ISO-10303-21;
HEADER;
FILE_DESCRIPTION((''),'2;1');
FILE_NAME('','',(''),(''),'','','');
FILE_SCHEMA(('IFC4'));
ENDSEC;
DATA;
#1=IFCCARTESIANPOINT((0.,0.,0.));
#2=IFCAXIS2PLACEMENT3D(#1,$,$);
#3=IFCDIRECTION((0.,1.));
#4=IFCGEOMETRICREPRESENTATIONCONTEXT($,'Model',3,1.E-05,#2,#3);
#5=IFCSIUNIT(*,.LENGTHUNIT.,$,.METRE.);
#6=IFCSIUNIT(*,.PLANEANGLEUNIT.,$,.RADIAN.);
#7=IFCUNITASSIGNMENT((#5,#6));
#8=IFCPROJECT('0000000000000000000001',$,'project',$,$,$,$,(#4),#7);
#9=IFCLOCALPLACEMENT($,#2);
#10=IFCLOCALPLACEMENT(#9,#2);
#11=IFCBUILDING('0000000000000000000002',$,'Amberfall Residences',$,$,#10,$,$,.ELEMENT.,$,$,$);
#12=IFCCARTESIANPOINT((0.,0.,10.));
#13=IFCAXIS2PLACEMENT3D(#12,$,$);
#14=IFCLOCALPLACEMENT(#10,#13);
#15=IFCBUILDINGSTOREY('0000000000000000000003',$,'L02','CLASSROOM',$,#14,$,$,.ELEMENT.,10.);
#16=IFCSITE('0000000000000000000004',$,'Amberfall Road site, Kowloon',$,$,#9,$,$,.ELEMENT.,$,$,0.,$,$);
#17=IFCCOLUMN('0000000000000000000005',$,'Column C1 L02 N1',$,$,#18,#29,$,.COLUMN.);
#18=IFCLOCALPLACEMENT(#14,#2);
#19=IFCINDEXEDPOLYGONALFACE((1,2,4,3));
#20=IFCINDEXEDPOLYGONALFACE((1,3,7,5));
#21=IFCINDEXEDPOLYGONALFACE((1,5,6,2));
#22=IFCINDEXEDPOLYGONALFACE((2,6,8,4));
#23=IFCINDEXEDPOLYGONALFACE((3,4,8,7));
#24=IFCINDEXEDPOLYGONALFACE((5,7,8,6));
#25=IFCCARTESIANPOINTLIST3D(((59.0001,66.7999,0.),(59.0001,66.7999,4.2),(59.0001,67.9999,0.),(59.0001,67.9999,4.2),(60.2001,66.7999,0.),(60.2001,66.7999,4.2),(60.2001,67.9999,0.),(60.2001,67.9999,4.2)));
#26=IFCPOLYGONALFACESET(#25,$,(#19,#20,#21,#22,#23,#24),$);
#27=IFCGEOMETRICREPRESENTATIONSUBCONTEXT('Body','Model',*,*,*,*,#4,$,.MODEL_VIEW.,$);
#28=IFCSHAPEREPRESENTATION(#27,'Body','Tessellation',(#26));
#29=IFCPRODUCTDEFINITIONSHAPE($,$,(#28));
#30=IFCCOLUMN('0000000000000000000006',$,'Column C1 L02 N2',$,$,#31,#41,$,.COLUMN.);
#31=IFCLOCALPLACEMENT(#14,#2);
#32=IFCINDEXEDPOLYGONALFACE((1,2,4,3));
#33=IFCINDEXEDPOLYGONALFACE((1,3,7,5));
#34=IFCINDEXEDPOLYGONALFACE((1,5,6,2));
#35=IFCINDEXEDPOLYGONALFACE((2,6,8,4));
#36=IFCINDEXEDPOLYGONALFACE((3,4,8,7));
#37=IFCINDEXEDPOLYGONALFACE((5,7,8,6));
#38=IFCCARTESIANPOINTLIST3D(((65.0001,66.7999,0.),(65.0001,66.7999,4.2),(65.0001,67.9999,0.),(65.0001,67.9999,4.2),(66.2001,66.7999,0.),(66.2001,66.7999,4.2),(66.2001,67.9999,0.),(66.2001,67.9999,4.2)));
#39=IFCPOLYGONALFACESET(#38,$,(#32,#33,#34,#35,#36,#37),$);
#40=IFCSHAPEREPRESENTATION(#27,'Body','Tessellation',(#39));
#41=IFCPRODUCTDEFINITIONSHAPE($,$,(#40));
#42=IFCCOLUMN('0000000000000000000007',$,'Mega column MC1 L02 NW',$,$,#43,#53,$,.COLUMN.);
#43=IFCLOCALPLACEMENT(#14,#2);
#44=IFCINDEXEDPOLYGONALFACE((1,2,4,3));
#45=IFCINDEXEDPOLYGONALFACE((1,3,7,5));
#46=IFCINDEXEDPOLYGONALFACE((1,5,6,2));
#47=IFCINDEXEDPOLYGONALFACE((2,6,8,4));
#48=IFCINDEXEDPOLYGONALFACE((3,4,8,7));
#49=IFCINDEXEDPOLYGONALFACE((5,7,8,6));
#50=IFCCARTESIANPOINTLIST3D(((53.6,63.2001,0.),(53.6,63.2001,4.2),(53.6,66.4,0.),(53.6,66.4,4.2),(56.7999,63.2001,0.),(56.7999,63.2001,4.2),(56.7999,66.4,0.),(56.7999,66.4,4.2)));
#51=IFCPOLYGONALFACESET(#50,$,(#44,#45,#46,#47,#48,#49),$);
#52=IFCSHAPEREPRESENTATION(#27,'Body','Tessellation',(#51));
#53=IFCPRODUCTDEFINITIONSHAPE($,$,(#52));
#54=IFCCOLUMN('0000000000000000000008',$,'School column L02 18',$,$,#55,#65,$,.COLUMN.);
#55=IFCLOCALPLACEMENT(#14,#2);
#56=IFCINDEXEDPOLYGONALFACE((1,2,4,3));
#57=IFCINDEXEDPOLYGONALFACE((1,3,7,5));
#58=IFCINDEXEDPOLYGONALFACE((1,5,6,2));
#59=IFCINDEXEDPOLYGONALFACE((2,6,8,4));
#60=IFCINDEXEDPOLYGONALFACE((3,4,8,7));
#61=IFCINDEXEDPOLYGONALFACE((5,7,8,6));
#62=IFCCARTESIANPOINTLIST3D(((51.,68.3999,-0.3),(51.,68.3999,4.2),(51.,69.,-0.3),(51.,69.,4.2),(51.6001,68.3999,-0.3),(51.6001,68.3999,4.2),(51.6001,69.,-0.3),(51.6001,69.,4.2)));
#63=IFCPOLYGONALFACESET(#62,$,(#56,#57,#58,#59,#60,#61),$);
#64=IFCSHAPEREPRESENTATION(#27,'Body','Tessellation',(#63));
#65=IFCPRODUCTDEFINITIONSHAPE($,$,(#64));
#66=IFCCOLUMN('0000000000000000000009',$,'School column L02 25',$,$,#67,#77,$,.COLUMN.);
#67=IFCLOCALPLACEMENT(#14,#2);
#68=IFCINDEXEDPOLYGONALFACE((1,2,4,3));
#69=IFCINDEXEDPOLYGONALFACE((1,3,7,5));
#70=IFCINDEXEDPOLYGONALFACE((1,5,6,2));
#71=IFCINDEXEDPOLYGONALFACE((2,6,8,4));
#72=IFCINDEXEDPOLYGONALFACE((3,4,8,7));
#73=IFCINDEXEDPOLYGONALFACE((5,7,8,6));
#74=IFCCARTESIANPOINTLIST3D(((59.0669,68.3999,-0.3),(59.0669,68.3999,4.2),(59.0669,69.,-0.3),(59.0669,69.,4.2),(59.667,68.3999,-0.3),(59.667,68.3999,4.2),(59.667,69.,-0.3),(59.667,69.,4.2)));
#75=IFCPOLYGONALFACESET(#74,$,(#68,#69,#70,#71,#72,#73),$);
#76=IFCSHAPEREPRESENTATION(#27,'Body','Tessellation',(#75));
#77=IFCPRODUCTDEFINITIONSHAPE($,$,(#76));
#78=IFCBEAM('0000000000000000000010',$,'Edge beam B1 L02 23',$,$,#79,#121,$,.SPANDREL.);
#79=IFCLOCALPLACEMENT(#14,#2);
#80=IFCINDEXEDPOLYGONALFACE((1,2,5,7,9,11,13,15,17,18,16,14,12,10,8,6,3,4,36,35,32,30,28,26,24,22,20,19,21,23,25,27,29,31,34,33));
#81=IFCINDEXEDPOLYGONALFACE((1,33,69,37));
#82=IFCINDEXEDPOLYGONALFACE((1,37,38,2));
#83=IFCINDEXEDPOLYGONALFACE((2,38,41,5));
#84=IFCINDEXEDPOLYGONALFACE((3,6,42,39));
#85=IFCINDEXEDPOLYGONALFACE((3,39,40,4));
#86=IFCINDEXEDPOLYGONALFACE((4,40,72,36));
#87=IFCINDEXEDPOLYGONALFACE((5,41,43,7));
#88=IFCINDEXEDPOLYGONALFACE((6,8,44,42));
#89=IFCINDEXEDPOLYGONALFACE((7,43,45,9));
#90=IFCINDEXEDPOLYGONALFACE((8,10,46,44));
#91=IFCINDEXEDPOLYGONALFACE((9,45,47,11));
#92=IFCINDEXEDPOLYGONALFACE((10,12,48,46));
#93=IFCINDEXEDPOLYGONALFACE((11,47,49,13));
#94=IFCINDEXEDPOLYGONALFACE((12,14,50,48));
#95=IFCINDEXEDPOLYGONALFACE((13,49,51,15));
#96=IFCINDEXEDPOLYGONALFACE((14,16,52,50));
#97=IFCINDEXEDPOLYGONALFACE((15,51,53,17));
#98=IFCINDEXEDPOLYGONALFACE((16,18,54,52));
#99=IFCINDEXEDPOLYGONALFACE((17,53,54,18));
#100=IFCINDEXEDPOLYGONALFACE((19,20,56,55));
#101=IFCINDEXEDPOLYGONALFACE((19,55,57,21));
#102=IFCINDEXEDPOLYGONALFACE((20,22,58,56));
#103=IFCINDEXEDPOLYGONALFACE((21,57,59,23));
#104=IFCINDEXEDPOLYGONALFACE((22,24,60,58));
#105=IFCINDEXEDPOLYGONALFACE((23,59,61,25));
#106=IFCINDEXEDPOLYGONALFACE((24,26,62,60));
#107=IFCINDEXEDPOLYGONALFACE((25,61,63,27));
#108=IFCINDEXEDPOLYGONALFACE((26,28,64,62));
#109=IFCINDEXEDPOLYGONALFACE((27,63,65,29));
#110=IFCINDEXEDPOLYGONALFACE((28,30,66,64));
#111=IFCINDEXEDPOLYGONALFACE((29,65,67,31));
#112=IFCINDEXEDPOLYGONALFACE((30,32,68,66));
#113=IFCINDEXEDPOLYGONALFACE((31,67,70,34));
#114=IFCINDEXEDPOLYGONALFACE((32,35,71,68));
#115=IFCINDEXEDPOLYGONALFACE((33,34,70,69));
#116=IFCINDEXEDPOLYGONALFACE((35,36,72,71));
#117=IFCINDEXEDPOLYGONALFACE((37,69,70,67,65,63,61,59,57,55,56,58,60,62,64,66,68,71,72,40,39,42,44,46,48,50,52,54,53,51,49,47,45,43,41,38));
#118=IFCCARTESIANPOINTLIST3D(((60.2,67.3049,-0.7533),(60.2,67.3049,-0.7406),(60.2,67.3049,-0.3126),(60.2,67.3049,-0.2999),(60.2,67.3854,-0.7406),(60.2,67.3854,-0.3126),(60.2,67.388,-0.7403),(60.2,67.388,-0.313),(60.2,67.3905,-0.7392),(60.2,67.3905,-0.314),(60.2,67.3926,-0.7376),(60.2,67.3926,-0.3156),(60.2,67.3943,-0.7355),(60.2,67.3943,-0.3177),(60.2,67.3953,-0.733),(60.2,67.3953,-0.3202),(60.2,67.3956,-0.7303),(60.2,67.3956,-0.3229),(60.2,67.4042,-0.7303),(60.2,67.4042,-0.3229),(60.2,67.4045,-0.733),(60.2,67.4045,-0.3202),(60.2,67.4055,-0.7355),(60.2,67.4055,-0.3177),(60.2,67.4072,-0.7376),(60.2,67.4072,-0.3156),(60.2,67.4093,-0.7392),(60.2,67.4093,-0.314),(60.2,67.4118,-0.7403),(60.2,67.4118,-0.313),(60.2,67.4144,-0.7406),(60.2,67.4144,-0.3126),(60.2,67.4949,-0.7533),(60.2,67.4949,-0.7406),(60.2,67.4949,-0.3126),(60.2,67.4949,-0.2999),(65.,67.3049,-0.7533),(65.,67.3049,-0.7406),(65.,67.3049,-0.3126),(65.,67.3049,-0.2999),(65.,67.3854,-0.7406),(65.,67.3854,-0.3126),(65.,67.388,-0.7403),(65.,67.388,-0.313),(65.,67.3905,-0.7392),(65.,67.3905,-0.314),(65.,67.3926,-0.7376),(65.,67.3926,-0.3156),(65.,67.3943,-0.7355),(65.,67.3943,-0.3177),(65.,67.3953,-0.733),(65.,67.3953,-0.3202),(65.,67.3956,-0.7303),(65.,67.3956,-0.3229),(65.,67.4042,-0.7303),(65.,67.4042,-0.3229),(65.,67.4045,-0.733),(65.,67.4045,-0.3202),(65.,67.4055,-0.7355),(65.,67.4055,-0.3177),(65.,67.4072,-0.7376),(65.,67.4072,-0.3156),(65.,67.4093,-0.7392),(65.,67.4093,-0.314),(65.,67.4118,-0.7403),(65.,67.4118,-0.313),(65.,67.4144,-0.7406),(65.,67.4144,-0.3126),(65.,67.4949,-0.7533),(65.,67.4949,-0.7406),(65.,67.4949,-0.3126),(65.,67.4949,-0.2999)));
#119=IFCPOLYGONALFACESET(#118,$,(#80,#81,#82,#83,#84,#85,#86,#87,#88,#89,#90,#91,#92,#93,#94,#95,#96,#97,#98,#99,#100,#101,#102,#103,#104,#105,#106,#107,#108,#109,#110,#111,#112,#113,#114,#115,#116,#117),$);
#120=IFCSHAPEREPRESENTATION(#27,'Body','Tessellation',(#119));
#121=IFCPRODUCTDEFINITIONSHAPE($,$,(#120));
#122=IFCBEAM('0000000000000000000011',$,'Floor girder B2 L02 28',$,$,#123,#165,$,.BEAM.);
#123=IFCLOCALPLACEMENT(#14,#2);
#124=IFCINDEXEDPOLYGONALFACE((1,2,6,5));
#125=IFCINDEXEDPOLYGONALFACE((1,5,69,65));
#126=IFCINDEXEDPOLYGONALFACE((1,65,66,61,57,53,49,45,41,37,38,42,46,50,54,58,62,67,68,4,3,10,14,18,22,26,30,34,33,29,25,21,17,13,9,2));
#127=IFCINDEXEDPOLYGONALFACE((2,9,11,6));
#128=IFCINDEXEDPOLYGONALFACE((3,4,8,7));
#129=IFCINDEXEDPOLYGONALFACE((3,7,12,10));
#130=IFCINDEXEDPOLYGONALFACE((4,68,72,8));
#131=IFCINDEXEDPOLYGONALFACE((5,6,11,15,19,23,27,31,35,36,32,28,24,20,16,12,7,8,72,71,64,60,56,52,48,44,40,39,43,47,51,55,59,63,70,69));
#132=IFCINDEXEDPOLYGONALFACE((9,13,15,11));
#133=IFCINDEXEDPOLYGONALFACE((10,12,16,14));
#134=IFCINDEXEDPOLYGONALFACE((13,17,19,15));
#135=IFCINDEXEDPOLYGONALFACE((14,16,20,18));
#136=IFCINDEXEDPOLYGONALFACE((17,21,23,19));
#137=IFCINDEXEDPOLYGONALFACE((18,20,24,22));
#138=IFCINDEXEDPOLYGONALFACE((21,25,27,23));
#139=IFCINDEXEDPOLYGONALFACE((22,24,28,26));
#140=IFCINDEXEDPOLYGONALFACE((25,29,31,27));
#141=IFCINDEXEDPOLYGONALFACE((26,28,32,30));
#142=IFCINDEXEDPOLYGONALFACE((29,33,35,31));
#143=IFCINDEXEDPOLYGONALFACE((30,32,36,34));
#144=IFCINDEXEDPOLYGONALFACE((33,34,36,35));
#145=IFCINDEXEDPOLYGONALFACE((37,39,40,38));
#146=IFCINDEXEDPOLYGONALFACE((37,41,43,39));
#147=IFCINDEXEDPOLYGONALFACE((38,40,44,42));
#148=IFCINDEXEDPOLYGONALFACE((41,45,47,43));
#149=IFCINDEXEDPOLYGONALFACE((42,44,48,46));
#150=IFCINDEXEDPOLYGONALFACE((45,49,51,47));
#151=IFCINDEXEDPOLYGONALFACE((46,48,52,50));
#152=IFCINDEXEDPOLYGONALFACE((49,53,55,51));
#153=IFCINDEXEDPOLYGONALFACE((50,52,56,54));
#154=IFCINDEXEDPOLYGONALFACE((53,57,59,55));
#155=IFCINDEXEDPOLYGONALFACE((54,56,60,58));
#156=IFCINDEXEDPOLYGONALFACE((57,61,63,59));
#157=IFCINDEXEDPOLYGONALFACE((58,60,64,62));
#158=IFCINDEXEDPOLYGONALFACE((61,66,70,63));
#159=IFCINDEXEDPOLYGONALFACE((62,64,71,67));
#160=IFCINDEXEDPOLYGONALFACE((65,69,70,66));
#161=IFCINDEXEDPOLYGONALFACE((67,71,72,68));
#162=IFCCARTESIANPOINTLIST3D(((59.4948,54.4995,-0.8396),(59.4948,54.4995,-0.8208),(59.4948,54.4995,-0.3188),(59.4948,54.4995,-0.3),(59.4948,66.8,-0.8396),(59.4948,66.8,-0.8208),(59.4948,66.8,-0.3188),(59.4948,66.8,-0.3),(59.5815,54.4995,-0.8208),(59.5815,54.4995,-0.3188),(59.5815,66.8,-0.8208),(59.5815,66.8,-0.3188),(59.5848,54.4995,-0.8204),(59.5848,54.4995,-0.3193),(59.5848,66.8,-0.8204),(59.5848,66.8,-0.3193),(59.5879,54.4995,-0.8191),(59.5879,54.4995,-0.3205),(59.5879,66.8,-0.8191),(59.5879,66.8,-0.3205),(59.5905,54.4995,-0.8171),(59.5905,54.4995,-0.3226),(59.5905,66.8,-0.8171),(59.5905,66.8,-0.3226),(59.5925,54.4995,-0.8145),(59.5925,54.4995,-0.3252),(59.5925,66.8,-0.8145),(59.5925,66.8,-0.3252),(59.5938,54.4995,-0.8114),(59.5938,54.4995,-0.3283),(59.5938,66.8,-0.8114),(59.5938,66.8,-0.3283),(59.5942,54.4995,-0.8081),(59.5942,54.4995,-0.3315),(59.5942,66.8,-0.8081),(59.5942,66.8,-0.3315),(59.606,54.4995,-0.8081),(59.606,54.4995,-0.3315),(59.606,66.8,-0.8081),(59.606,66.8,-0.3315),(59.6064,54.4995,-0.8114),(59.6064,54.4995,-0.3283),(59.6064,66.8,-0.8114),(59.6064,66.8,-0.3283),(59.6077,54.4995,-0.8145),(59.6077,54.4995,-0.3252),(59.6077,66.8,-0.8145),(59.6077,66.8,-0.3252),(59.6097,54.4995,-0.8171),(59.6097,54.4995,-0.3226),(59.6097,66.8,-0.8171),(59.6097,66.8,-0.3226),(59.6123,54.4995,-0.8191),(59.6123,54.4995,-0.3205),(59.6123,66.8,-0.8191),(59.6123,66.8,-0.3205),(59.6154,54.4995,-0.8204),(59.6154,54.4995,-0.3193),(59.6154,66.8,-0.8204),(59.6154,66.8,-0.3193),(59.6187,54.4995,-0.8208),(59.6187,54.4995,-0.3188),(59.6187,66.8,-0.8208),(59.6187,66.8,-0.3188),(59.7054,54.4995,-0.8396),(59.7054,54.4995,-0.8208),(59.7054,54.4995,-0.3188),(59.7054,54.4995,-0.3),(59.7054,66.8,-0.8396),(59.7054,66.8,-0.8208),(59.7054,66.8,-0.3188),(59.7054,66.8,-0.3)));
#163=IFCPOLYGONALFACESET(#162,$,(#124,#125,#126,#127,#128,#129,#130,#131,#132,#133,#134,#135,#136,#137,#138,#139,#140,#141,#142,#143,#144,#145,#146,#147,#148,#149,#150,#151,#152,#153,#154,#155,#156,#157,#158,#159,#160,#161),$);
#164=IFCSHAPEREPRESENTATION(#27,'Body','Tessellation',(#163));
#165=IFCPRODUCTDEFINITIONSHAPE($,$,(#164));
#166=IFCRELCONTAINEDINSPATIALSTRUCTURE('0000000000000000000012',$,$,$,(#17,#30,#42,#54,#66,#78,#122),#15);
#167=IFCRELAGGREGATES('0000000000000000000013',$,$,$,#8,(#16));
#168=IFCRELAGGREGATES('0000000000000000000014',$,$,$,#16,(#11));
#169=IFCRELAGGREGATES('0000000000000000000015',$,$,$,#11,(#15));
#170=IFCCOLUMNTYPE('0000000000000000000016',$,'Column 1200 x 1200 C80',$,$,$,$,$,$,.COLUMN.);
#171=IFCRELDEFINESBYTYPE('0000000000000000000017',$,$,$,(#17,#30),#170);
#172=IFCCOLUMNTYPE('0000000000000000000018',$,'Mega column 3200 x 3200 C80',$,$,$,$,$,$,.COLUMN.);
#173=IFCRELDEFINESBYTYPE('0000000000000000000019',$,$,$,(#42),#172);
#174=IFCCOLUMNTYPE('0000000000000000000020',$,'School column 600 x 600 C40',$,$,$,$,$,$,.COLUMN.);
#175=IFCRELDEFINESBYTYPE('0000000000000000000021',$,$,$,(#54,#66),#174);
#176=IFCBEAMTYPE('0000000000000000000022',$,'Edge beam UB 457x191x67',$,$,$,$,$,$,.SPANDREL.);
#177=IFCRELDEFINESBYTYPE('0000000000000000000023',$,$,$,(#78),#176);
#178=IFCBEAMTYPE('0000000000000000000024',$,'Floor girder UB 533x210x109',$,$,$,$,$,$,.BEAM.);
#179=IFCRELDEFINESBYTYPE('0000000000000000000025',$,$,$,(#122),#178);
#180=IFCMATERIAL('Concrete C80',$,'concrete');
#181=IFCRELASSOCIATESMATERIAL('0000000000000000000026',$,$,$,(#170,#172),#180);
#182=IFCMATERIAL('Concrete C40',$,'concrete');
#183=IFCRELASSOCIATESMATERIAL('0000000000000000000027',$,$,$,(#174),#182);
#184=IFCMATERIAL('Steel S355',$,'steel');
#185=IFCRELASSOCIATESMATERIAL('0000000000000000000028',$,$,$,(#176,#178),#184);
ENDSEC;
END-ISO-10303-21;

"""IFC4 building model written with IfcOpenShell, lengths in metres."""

from ifc_helpers import new_model, si_unit, direction, frame, origin, origin_2d, place, context, subcontext, project, spatial, rectangle, i_section, extrude, material, material_profile, profile_set, type_object, element, save


model = new_model("IFC4")

# Units and contexts
model_context = context("Model", 3, precision=1e-05, world=origin(), true_north=direction((0.0, 1.0)))
body_context = subcontext(model_context, "Body", "Model", "MODEL_VIEW")
ifc_project = project(units=[si_unit("LENGTHUNIT", "METRE"), si_unit("PLANEANGLEUNIT", "RADIAN")], contexts=[model_context])

# Site, building, storey
site_placement = place(None, origin())
site = spatial("IfcSite", under=ifc_project, at=site_placement, Name="Amberfall Road site, Kowloon", CompositionType="ELEMENT", RefElevation=0.0)
building_placement = place(site_placement, origin())
building = spatial("IfcBuilding", under=site, at=building_placement, Name="Amberfall Residences", CompositionType="ELEMENT")
storey_placement = place(building_placement, frame((0.0, 0.0, 10.0)))
storey = spatial("IfcBuildingStorey", under=building, at=storey_placement, Name="L02", Description="CLASSROOM", CompositionType="ELEMENT", Elevation=10.0)

# Columns
ifc_material_1 = material(Name="Concrete C80", Category="concrete")
ifc_material_profile_1 = material_profile(ifc_material_1, rectangle(XDim=1.2, YDim=1.2, at=origin_2d()), Name="Column 1200 x 1200 C80")
ifc_profile_set_1 = profile_set([ifc_material_profile_1], Name="Concrete C80")
column_type_1 = type_object("IfcColumnType", Name="Column 1200 x 1200 C80", PredefinedType="COLUMN", material=ifc_profile_set_1)
for number, where, z_axis, x_axis, name in (
    (1, (59.6001, 67.3999, 0.0), (0.0, 0.0, 1.0), (1.0, 0.0, 0.0), "Column C1 L02 N1"),
    (2, (65.6001, 67.3999, 0.0), (0.0, 0.0, 1.0), (1.0, 0.0, 0.0), "Column C1 L02 N2"),
):
    element("IfcColumn", number, at=place(storey_placement, frame(where, z_axis=z_axis, x_axis=x_axis)), inside=storey, type_object=column_type_1, Name=name, PredefinedType="COLUMN", context=body_context, shape_type="SweptSolid", body=[
        extrude(rectangle(XDim=1.2, YDim=1.2, at=origin_2d()), origin(), (0.0, 0.0, 1.0), 4.2),
    ])
ifc_material_profile_2 = material_profile(ifc_material_1, rectangle(XDim=3.2, YDim=3.2, at=origin_2d()), Name="Mega column 3200 x 3200 C80")
ifc_profile_set_2 = profile_set([ifc_material_profile_2], Name="Concrete C80")
column_type_2 = type_object("IfcColumnType", Name="Mega column 3200 x 3200 C80", PredefinedType="COLUMN", material=ifc_profile_set_2)
column_placement = place(storey_placement, frame((55.2, 64.8, 0.0), z_axis=(0.0, 0.0, 1.0), x_axis=(1.0, 0.0, 0.0)))
element("IfcColumn", 3, at=column_placement, inside=storey, type_object=column_type_2, Name="Mega column MC1 L02 NW", PredefinedType="COLUMN", context=body_context, shape_type="SweptSolid", body=[
    extrude(rectangle(XDim=3.2, YDim=3.2, at=origin_2d()), origin(), (0.0, 0.0, 1.0), 4.2),
])
ifc_material_2 = material(Name="Concrete C40", Category="concrete")
ifc_material_profile_3 = material_profile(ifc_material_2, rectangle(XDim=0.6001, YDim=0.6001, at=origin_2d()), Name="School column 600 x 600 C40")
ifc_profile_set_3 = profile_set([ifc_material_profile_3], Name="Concrete C40")
column_type_3 = type_object("IfcColumnType", Name="School column 600 x 600 C40", PredefinedType="COLUMN", material=ifc_profile_set_3)
for number, where, z_axis, x_axis, name in (
    (4, (51.3, 68.7, -0.3), (0.0, 0.0, 1.0), (1.0, 0.0, 0.0), "School column L02 18"),
    (5, (59.3669, 68.7, -0.3), (0.0, 0.0, 1.0), (1.0, 0.0, 0.0), "School column L02 25"),
):
    element("IfcColumn", number, at=place(storey_placement, frame(where, z_axis=z_axis, x_axis=x_axis)), inside=storey, type_object=column_type_3, Name=name, PredefinedType="COLUMN", context=body_context, shape_type="SweptSolid", body=[
        extrude(rectangle(XDim=0.6001, YDim=0.6001, at=origin_2d()), origin(), (0.0, 0.0, 1.0), 4.5),
    ])

# Beams
ifc_material_3 = material(Name="Steel S355", Category="steel")
ifc_material_profile_4 = material_profile(ifc_material_3, i_section(OverallWidth=0.1899, OverallDepth=0.4534, WebThickness=0.0085, FlangeThickness=0.0127, FilletRadius=0.0103, at=origin_2d()), Name="UB 457x191x67")
ifc_profile_set_4 = profile_set([ifc_material_profile_4], Name="Steel S355")
beam_type_1 = type_object("IfcBeamType", Name="Edge beam UB 457x191x67", PredefinedType="SPANDREL", material=ifc_profile_set_4)
beam_1_placement = place(storey_placement, frame((60.2, 67.3999, -0.5266), z_axis=(1.0, 0.0, 0.0), x_axis=(0.0, 1.0, 0.0)))
element("IfcBeam", 6, at=beam_1_placement, inside=storey, type_object=beam_type_1, Name="Edge beam B1 L02 23", PredefinedType="SPANDREL", context=body_context, shape_type="SweptSolid", body=[
    extrude(i_section(OverallWidth=0.1899, OverallDepth=0.4534, WebThickness=0.0085, FlangeThickness=0.0127, FilletRadius=0.0103, at=origin_2d()), origin(), (0.0, 0.0, 1.0), 4.8),
])
ifc_material_profile_5 = material_profile(ifc_material_3, i_section(OverallWidth=0.2107, OverallDepth=0.5396, WebThickness=0.0117, FlangeThickness=0.0188, FilletRadius=0.0127, at=origin_2d()), Name="UB 533x210x109")
ifc_profile_set_5 = profile_set([ifc_material_profile_5], Name="Steel S355")
beam_type_2 = type_object("IfcBeamType", Name="Floor girder UB 533x210x109", PredefinedType="BEAM", material=ifc_profile_set_5)
beam_2_placement = place(storey_placement, frame((59.6001, 66.8, -0.5698), z_axis=(0.0, -1.0, 0.0), x_axis=(1.0, 0.0, 0.0)))
element("IfcBeam", 7, at=beam_2_placement, inside=storey, type_object=beam_type_2, Name="Floor girder B2 L02 28", PredefinedType="BEAM", context=body_context, shape_type="SweptSolid", body=[
    extrude(i_section(OverallWidth=0.2107, OverallDepth=0.5396, WebThickness=0.0117, FlangeThickness=0.0188, FilletRadius=0.0127, at=origin_2d()), origin(), (0.0, 0.0, 1.0), 12.3005),
])

save(model, "model.ifc")
